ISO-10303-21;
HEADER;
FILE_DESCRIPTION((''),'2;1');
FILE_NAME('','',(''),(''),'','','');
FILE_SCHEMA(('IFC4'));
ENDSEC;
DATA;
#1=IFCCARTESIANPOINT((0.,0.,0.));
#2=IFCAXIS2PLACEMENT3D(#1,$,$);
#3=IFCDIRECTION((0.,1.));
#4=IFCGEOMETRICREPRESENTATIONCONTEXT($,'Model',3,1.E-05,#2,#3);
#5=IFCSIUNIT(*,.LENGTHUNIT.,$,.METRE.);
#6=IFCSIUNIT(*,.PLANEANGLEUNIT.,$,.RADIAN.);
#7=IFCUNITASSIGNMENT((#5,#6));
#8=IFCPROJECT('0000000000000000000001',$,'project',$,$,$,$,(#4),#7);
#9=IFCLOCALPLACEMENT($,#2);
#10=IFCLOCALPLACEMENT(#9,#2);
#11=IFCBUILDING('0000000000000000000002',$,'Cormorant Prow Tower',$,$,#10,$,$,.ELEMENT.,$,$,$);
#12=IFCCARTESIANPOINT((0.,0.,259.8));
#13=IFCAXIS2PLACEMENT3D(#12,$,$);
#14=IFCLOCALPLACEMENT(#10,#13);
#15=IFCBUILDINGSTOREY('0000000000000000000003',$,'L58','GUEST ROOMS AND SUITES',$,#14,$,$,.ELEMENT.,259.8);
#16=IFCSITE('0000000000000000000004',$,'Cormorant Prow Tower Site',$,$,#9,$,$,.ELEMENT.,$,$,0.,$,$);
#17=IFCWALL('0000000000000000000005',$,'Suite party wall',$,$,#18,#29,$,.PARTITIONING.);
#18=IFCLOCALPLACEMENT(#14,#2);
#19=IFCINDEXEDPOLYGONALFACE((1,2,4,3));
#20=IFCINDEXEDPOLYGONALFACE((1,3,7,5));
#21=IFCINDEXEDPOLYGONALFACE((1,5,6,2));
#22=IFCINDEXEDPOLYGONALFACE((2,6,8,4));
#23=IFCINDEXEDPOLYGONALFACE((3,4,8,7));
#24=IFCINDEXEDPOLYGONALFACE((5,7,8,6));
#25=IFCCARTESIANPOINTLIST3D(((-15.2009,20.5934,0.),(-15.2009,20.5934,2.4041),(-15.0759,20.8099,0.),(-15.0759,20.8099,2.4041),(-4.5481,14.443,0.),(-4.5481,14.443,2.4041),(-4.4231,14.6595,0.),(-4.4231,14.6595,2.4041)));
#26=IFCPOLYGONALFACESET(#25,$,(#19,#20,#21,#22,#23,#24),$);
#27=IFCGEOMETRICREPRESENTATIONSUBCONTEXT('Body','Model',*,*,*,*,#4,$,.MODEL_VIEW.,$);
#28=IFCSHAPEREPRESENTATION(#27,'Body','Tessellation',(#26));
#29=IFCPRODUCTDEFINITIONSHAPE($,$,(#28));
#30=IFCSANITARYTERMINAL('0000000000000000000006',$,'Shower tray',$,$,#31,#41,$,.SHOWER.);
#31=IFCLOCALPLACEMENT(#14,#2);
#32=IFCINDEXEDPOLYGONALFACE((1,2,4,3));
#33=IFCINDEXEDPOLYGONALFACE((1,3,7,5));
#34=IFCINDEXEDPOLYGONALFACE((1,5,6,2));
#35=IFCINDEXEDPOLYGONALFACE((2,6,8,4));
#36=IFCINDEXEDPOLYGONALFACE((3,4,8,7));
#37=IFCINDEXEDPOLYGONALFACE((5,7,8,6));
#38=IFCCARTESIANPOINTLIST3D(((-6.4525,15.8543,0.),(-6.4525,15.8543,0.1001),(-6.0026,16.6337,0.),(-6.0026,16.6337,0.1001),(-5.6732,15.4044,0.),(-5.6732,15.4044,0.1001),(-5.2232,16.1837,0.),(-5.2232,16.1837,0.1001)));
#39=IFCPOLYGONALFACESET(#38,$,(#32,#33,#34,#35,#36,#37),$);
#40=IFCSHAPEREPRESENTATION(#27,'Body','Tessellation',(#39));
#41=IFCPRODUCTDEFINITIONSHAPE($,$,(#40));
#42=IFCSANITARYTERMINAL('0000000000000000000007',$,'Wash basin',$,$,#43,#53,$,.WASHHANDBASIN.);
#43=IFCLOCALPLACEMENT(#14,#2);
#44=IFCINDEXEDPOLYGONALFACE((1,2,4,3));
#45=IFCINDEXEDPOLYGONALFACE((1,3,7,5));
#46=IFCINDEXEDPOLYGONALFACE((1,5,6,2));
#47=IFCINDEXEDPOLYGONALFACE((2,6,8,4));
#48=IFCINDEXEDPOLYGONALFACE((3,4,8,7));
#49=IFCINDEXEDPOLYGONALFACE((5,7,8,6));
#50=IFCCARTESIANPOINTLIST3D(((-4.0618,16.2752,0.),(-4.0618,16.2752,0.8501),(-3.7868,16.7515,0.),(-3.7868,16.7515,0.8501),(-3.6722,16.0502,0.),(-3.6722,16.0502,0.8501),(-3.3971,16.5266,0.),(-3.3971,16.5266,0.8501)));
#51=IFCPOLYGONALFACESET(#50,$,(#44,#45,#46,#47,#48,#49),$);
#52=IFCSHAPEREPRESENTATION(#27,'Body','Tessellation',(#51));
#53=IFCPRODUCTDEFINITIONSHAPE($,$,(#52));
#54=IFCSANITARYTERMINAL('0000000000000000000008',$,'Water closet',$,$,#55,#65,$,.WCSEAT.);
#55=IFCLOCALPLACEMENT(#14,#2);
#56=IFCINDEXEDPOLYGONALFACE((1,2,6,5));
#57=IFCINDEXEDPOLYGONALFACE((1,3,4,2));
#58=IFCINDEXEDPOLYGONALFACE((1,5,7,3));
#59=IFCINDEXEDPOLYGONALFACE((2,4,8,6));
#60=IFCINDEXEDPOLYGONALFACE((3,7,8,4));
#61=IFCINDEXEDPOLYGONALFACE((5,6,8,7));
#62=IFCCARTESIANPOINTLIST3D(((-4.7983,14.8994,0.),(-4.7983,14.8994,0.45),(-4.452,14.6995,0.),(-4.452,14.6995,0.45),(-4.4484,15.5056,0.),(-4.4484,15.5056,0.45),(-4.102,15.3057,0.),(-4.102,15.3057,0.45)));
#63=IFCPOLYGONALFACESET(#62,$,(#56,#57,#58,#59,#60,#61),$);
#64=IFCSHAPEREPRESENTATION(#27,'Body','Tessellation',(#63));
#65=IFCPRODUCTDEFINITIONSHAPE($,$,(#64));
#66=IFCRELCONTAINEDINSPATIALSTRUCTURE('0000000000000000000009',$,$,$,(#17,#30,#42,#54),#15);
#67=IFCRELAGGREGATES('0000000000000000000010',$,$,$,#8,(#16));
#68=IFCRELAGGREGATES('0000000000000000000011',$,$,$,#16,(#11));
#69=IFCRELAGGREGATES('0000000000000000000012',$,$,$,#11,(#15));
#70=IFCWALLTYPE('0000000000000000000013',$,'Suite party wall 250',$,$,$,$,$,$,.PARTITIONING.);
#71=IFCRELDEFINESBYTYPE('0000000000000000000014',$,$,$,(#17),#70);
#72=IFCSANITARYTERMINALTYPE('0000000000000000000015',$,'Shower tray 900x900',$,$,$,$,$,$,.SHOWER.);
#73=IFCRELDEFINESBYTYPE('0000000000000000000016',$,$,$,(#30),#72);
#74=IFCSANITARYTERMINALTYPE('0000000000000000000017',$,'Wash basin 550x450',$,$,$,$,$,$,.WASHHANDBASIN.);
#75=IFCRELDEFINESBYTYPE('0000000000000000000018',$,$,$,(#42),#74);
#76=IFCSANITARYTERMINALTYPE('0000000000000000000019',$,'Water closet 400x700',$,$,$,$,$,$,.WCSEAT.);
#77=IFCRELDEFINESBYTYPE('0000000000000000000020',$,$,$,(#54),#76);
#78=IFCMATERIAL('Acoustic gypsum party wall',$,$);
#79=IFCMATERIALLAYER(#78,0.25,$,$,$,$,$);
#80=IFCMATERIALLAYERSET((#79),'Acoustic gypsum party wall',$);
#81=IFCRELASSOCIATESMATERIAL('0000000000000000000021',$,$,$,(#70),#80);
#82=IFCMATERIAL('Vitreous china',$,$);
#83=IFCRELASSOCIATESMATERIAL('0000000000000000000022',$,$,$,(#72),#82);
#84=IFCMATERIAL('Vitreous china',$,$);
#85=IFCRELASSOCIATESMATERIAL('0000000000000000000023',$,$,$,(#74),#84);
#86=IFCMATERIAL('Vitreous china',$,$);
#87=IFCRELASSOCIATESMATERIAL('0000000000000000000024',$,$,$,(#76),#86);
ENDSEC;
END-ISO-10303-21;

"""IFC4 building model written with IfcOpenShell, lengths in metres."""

from ifc_helpers import new_model, si_unit, direction, frame, frame_2d, origin, origin_2d, place, context, subcontext, project, spatial, rectangle, extrude, material, layer, layer_set, type_object, element, save


model = new_model("IFC4")

# Units and contexts
model_context = context("Model", 3, precision=1e-05, world=origin(), true_north=direction((0.0, 1.0)))
body_context = subcontext(model_context, "Body", "Model", "MODEL_VIEW")
ifc_project = project(units=[si_unit("LENGTHUNIT", "METRE"), si_unit("PLANEANGLEUNIT", "RADIAN")], contexts=[model_context])

# Site, building, storey
site_placement = place(None, origin())
site = spatial("IfcSite", under=ifc_project, at=site_placement, Name="Cormorant Prow Tower Site", CompositionType="ELEMENT", RefElevation=0.0)
building_placement = place(site_placement, origin())
building = spatial("IfcBuilding", under=site, at=building_placement, Name="Cormorant Prow Tower", CompositionType="ELEMENT")
storey_placement = place(building_placement, frame((0.0, 0.0, 259.8)))
storey = spatial("IfcBuildingStorey", under=building, at=storey_placement, Name="L58", Description="GUEST ROOMS AND SUITES", CompositionType="ELEMENT", Elevation=259.8)

# Wall
ifc_material_1 = material(Name="Acoustic gypsum party wall")
ifc_layer_1 = layer(ifc_material_1, 0.25)
ifc_layer_set_1 = layer_set([ifc_layer_1], Name="Acoustic gypsum party wall")
wall_type_1 = type_object("IfcWallType", Name="Suite party wall 250", PredefinedType="PARTITIONING", material=ifc_layer_set_1)
wall_1_placement = place(storey_placement, frame((-15.1384, 20.7017, 0.0), z_axis=(0.0, 0.0, 1.0), x_axis=(0.866026, -0.499998, 0.0)))
element("IfcWall", 1, at=wall_1_placement, inside=storey, type_object=wall_type_1, Name="Suite party wall", PredefinedType="PARTITIONING", context=body_context, shape_type="SweptSolid", body=[
    extrude(rectangle(XDim=12.3008, YDim=0.25, at=frame_2d((6.1504, 0.0))), origin(), (0.0, 0.0, 1.0), 2.4041),
])

# Sanitary terminals
ifc_material_2 = material(Name="Vitreous china")
sanitary_terminal_type_1 = type_object("IfcSanitaryTerminalType", Name="Shower tray 900x900", PredefinedType="SHOWER", material=ifc_material_2)
sanitary_terminal_1_placement = place(storey_placement, frame((-5.8379, 16.019, 0.0), z_axis=(0.0, 0.0, 1.0), x_axis=(0.5, 0.866025, 0.0)))
element("IfcSanitaryTerminal", 2, at=sanitary_terminal_1_placement, inside=storey, type_object=sanitary_terminal_type_1, Name="Shower tray", PredefinedType="SHOWER", context=body_context, shape_type="SweptSolid", body=[
    extrude(rectangle(XDim=0.8999, YDim=0.8999, at=origin_2d()), origin(), (0.0, 0.0, 1.0), 0.1001),
])
ifc_material_3 = material(Name="Vitreous china")
sanitary_terminal_type_2 = type_object("IfcSanitaryTerminalType", Name="Wash basin 550x450", PredefinedType="WASHHANDBASIN", material=ifc_material_3)
sanitary_terminal_2_placement = place(storey_placement, frame((-3.7295, 16.4009, 0.0), z_axis=(0.0, 0.0, 1.0), x_axis=(-0.5, -0.866025, 0.0)))
element("IfcSanitaryTerminal", 3, at=sanitary_terminal_2_placement, inside=storey, type_object=sanitary_terminal_type_2, Name="Wash basin", PredefinedType="WASHHANDBASIN", context=body_context, shape_type="SweptSolid", body=[
    extrude(rectangle(XDim=0.55, YDim=0.45, at=origin_2d()), origin(), (0.0, 0.0, 1.0), 0.8501),
])
ifc_material_4 = material(Name="Vitreous china")
sanitary_terminal_type_3 = type_object("IfcSanitaryTerminalType", Name="Water closet 400x700", PredefinedType="WCSEAT", material=ifc_material_4)
sanitary_terminal_3_placement = place(storey_placement, frame((-4.4502, 15.1025, 0.0), z_axis=(0.0, 0.0, 1.0), x_axis=(-0.866025, 0.5, 0.0)))
element("IfcSanitaryTerminal", 4, at=sanitary_terminal_3_placement, inside=storey, type_object=sanitary_terminal_type_3, Name="Water closet", PredefinedType="WCSEAT", context=body_context, shape_type="SweptSolid", body=[
    extrude(rectangle(XDim=0.3999, YDim=0.7, at=origin_2d()), origin(), (0.0, 0.0, 1.0), 0.45),
])

save(model, "model.ifc")
